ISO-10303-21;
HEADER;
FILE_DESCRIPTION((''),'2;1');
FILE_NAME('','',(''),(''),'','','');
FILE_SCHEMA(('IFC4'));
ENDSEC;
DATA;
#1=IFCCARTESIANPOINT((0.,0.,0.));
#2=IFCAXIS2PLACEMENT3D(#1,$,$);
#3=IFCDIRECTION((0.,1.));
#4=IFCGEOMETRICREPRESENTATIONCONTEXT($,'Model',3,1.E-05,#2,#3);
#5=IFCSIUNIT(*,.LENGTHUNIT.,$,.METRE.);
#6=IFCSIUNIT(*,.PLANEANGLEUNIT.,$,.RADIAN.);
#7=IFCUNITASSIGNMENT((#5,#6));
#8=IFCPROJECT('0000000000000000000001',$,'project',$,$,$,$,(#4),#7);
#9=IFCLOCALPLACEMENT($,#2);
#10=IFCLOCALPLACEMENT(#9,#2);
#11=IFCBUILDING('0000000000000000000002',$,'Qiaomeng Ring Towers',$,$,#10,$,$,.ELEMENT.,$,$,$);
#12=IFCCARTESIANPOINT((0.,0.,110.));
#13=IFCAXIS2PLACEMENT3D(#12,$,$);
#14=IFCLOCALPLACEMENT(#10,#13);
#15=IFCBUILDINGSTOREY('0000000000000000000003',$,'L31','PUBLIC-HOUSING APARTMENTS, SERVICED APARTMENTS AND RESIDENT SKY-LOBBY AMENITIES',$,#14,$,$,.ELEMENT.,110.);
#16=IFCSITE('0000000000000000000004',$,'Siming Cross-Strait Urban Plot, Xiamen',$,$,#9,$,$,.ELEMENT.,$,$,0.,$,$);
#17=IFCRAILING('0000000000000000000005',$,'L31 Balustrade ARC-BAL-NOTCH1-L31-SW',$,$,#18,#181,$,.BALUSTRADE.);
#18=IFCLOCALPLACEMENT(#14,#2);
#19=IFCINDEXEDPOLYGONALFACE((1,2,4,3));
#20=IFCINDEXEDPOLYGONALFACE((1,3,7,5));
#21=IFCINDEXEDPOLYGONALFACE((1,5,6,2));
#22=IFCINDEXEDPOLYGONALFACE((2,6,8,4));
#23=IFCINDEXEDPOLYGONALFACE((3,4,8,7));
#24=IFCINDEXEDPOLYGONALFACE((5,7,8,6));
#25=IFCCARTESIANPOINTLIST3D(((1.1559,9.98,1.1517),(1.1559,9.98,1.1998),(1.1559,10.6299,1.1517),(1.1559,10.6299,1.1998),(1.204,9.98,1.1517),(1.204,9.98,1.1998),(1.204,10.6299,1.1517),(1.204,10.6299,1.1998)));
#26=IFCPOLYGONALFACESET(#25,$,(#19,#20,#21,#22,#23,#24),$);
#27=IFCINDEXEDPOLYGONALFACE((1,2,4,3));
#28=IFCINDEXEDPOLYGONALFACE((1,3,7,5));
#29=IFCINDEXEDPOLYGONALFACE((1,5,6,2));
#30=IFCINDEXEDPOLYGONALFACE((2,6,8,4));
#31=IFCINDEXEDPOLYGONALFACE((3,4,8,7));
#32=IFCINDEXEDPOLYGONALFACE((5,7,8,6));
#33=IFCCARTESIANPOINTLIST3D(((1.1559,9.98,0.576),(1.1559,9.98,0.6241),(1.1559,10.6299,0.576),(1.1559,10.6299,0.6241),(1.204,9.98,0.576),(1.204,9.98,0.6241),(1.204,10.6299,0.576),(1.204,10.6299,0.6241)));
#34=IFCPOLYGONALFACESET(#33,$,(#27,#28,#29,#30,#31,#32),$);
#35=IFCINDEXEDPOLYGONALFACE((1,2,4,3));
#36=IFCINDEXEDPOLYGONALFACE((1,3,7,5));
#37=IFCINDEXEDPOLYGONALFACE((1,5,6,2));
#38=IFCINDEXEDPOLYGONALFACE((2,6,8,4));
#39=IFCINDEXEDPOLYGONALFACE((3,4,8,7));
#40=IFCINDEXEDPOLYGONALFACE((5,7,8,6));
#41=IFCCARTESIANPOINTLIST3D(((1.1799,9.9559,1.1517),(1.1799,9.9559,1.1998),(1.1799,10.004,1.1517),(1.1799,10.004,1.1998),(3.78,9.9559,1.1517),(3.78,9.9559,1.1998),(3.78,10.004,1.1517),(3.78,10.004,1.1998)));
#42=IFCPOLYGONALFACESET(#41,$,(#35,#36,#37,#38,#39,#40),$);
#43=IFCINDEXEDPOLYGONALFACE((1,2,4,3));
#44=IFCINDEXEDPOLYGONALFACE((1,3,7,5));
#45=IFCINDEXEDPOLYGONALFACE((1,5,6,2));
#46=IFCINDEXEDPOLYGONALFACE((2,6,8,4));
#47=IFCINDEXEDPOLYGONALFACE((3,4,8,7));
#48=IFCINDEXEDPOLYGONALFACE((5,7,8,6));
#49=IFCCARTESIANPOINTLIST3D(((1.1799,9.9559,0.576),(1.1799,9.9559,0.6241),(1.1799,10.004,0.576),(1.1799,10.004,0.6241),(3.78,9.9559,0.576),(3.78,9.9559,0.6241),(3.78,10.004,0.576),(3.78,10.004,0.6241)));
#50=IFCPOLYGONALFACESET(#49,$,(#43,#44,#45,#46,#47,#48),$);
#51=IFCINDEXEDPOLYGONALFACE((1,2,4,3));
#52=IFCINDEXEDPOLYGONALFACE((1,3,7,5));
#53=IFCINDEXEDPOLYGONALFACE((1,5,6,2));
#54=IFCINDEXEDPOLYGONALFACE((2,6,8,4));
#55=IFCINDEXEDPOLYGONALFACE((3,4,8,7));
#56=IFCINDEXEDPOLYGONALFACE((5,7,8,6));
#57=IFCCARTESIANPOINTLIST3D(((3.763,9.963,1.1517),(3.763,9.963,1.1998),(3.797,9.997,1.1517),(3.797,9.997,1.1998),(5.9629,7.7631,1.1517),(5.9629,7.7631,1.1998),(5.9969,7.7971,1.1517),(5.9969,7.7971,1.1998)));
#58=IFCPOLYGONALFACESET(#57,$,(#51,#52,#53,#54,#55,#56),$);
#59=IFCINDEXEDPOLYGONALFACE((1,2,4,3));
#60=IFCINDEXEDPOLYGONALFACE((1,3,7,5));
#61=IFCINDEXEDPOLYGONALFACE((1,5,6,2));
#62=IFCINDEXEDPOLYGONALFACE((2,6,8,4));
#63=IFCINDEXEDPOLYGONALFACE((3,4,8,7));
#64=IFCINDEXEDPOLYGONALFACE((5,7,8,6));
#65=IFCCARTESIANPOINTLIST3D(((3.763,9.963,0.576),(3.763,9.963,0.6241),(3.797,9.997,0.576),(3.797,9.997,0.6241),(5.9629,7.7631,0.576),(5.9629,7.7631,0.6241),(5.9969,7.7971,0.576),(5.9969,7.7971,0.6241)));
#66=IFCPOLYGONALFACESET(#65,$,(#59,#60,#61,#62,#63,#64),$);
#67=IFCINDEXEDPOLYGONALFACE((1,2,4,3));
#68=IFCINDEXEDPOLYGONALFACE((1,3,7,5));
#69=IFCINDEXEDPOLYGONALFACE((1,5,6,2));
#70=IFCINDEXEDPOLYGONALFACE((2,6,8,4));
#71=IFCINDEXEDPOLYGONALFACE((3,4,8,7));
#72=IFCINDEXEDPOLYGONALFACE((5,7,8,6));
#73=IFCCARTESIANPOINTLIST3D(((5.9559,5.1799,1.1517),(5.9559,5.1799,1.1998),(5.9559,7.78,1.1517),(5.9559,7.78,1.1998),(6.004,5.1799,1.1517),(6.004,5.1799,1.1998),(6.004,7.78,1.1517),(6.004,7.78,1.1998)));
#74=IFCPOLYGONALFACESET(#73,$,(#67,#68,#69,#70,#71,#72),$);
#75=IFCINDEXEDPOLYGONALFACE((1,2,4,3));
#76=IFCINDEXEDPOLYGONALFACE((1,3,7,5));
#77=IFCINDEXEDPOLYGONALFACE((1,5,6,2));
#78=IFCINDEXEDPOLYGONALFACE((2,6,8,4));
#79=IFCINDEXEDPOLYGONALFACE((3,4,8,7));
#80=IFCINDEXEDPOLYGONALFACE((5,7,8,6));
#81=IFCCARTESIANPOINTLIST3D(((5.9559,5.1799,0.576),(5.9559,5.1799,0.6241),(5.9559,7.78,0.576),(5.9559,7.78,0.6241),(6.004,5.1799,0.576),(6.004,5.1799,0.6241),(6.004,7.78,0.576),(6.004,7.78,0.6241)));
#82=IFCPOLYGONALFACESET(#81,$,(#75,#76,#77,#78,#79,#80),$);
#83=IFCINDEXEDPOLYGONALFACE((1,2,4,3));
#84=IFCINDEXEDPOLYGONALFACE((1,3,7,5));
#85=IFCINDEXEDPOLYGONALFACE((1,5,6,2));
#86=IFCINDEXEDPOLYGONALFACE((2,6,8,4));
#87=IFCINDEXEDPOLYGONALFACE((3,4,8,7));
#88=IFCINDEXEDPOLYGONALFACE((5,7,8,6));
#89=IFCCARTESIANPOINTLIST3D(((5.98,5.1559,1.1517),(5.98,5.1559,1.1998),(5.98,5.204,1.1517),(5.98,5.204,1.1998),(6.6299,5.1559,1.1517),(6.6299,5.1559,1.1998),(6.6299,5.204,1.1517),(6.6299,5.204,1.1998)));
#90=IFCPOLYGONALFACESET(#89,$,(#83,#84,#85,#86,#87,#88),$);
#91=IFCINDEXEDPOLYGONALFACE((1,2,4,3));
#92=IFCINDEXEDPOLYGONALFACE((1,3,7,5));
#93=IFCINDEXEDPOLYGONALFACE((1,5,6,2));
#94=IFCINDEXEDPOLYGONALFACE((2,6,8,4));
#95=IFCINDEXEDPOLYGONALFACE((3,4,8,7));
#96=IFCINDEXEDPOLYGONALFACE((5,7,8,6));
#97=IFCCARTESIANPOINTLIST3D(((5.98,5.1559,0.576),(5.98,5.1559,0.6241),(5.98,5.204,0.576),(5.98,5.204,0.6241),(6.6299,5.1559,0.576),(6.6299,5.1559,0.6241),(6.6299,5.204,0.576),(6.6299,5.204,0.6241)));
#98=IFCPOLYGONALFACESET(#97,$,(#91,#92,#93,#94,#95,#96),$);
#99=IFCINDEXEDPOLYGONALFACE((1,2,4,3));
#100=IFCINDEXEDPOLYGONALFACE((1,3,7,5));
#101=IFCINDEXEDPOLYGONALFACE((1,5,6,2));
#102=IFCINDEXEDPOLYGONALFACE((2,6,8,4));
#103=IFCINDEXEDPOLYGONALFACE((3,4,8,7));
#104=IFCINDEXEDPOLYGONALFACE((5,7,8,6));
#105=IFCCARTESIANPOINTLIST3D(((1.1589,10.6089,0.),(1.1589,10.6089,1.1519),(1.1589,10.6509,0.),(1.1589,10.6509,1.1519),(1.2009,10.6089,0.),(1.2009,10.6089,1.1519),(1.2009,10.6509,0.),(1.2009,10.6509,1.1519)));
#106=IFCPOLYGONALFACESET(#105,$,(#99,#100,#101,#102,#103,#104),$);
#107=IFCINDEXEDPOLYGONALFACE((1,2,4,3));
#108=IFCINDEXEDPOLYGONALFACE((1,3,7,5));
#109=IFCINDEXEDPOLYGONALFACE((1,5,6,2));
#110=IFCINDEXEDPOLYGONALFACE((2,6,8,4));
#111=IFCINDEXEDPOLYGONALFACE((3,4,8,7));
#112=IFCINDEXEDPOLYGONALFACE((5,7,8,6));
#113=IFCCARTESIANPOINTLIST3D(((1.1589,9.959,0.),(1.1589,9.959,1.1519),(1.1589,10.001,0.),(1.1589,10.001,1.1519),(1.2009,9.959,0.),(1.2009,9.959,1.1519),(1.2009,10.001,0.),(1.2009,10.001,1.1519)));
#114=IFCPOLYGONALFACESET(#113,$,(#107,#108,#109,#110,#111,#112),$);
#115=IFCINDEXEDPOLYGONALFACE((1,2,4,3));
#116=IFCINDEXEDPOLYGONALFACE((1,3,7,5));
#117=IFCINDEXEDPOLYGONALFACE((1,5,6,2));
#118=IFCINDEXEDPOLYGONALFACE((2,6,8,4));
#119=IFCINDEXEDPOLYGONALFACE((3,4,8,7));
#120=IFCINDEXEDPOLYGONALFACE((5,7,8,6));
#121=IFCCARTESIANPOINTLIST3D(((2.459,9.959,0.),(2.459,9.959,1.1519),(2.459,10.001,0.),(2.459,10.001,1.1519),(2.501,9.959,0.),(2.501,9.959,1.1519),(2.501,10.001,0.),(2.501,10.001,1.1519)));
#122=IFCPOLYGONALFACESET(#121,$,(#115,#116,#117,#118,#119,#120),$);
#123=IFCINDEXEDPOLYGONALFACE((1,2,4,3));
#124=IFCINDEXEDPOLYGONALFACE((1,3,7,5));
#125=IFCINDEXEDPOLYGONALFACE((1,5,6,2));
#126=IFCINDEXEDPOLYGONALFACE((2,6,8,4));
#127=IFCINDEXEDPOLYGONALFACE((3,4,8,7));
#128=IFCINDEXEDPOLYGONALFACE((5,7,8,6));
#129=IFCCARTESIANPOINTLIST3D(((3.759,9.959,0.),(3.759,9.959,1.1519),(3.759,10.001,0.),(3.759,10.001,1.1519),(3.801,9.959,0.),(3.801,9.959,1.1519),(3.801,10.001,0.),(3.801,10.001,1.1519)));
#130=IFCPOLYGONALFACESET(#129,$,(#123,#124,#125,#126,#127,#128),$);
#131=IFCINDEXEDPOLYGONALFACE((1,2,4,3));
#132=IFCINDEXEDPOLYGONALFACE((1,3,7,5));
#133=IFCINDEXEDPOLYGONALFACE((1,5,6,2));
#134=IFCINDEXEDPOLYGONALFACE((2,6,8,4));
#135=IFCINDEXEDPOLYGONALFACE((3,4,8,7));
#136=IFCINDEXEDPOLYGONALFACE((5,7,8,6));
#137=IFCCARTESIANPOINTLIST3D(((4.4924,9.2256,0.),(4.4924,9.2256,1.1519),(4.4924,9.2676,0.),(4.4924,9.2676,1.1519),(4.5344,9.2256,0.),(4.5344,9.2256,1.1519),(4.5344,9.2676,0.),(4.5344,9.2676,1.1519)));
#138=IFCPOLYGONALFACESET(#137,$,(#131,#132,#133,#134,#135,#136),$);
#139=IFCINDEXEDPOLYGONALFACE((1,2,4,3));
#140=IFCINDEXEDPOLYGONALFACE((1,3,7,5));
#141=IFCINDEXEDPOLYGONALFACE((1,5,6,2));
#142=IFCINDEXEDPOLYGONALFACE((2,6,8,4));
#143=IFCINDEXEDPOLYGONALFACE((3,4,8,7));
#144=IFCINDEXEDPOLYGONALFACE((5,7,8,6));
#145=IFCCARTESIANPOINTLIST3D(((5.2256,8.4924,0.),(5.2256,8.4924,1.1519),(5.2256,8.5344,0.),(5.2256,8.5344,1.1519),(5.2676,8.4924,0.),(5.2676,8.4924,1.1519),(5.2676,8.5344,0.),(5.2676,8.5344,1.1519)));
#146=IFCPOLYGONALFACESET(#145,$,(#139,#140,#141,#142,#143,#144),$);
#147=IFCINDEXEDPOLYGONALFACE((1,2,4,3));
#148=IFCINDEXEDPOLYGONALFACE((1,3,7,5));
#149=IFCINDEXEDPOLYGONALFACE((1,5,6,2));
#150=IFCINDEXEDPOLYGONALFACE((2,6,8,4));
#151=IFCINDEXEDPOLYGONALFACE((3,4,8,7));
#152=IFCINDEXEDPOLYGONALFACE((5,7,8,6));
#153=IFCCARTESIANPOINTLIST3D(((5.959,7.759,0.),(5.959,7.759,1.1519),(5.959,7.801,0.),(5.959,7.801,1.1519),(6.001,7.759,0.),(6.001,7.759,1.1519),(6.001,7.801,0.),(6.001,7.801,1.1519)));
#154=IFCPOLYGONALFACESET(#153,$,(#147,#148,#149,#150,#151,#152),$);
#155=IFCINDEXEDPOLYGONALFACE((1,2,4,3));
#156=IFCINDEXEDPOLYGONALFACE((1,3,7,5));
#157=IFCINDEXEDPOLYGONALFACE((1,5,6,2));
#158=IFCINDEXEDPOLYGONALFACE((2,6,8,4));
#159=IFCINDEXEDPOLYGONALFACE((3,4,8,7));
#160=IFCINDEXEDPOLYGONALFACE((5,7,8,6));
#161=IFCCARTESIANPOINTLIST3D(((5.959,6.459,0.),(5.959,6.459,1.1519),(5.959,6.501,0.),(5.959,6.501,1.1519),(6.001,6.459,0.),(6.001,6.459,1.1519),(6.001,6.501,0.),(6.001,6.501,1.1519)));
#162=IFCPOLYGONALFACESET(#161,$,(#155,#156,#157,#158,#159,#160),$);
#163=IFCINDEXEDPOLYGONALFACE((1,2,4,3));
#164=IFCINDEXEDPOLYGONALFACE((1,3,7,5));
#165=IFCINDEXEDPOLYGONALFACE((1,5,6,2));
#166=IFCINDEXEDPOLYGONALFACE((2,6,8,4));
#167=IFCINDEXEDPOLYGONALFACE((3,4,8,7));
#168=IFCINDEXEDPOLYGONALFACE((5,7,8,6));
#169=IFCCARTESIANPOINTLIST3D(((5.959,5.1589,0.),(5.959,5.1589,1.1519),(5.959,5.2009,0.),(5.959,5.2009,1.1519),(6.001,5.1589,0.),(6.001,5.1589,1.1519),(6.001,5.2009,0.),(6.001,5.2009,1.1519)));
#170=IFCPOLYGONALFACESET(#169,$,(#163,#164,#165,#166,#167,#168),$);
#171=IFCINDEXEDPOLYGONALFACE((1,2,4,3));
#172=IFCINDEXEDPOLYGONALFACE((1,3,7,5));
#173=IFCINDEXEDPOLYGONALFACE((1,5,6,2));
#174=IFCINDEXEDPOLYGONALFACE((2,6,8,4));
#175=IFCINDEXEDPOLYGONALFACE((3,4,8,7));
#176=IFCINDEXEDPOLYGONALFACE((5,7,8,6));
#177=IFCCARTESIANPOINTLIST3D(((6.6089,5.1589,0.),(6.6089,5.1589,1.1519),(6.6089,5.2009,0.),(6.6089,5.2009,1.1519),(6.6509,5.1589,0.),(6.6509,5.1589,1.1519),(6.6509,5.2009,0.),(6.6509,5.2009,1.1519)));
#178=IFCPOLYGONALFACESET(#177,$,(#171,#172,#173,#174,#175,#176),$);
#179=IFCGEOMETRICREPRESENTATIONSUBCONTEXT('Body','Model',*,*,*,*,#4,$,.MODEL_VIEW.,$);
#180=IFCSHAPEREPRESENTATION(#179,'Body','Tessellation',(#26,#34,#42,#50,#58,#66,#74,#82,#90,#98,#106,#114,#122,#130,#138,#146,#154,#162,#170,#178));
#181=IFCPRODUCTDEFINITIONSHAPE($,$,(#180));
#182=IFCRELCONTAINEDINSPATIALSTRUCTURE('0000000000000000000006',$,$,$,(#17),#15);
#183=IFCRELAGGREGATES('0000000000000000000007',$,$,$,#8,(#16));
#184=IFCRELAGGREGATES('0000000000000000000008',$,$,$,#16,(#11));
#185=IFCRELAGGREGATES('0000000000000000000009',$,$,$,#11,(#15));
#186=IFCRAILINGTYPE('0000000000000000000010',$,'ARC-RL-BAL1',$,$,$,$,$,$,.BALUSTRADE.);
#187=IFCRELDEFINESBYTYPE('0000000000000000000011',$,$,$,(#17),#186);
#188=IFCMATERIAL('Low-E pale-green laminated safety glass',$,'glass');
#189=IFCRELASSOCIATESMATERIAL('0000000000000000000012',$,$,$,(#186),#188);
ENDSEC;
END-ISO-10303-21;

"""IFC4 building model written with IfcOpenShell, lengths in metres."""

from ifc_helpers import new_model, si_unit, direction, frame, origin, origin_2d, place, context, subcontext, project, spatial, rectangle, extrude, material, type_object, element, save


model = new_model("IFC4")

# Units and contexts
model_context = context("Model", 3, precision=1e-05, world=origin(), true_north=direction((0.0, 1.0)))
body_context = subcontext(model_context, "Body", "Model", "MODEL_VIEW")
ifc_project = project(units=[si_unit("LENGTHUNIT", "METRE"), si_unit("PLANEANGLEUNIT", "RADIAN")], contexts=[model_context])

# Site, building, storey
site_placement = place(None, origin())
site = spatial("IfcSite", under=ifc_project, at=site_placement, Name="Siming Cross-Strait Urban Plot, Xiamen", CompositionType="ELEMENT", RefElevation=0.0)
building_placement = place(site_placement, origin())
building = spatial("IfcBuilding", under=site, at=building_placement, Name="Qiaomeng Ring Towers", CompositionType="ELEMENT")
storey_placement = place(building_placement, frame((0.0, 0.0, 110.0)))
storey = spatial("IfcBuildingStorey", under=building, at=storey_placement, Name="L31", Description="PUBLIC-HOUSING APARTMENTS, SERVICED APARTMENTS AND RESIDENT SKY-LOBBY AMENITIES", CompositionType="ELEMENT", Elevation=110.0)

# Railing
ifc_material_1 = material(Name="Low-E pale-green laminated safety glass", Category="glass")
railing_type = type_object("IfcRailingType", Name="ARC-RL-BAL1", PredefinedType="BALUSTRADE", material=ifc_material_1)
railing_1_placement = place(storey_placement, frame((1.1799, 10.6299, 0.0)))
element("IfcRailing", 1, at=railing_1_placement, inside=storey, type_object=railing_type, Name="L31 Balustrade ARC-BAL-NOTCH1-L31-SW", PredefinedType="BALUSTRADE", context=body_context, shape_type="SweptSolid", body=[
    extrude(rectangle(XDim=0.0481, YDim=0.0481, at=origin_2d()), frame((0.0, 0.0, 1.1758), z_axis=(0.0, -1.0, 0.0), x_axis=(1.0, 0.0, 0.0)), (0.0, 0.0, 1.0), 0.6499),
    extrude(rectangle(XDim=0.0481, YDim=0.0481, at=origin_2d()), frame((0.0, 0.0, 0.6001), z_axis=(0.0, -1.0, 0.0), x_axis=(1.0, 0.0, 0.0)), (0.0, 0.0, 1.0), 0.6499),
    extrude(rectangle(XDim=0.0481, YDim=0.0481, at=origin_2d()), frame((0.0, -0.6499, 1.1758), z_axis=(1.0, 0.0, 0.0), x_axis=(0.0, 1.0, 0.0)), (0.0, 0.0, 1.0), 2.6001),
    extrude(rectangle(XDim=0.0481, YDim=0.0481, at=origin_2d()), frame((0.0, -0.6499, 0.6001), z_axis=(1.0, 0.0, 0.0), x_axis=(0.0, 1.0, 0.0)), (0.0, 0.0, 1.0), 2.6001),
    extrude(rectangle(XDim=0.0481, YDim=0.0481, at=origin_2d()), frame((2.6001, -0.6499, 1.1758), z_axis=(0.707107, -0.707107, 0.0), x_axis=(0.707107, 0.707107, 0.0)), (0.0, 0.0, 1.0), 3.1111),
    extrude(rectangle(XDim=0.0481, YDim=0.0481, at=origin_2d()), frame((2.6001, -0.6499, 0.6001), z_axis=(0.707107, -0.707107, 0.0), x_axis=(0.707107, 0.707107, 0.0)), (0.0, 0.0, 1.0), 3.1111),
    extrude(rectangle(XDim=0.0481, YDim=0.0481, at=origin_2d()), frame((4.8, -2.8499, 1.1758), z_axis=(0.0, -1.0, 0.0), x_axis=(1.0, 0.0, 0.0)), (0.0, 0.0, 1.0), 2.6001),
    extrude(rectangle(XDim=0.0481, YDim=0.0481, at=origin_2d()), frame((4.8, -2.8499, 0.6001), z_axis=(0.0, -1.0, 0.0), x_axis=(1.0, 0.0, 0.0)), (0.0, 0.0, 1.0), 2.6001),
    extrude(rectangle(XDim=0.0481, YDim=0.0481, at=origin_2d()), frame((4.8, -5.45, 1.1758), z_axis=(1.0, 0.0, 0.0), x_axis=(0.0, 1.0, 0.0)), (0.0, 0.0, 1.0), 0.6499),
    extrude(rectangle(XDim=0.0481, YDim=0.0481, at=origin_2d()), frame((4.8, -5.45, 0.6001), z_axis=(1.0, 0.0, 0.0), x_axis=(0.0, 1.0, 0.0)), (0.0, 0.0, 1.0), 0.6499),
    extrude(rectangle(XDim=0.042, YDim=0.042, at=origin_2d()), origin(), (0.0, 0.0, 1.0), 1.1519),
    extrude(rectangle(XDim=0.042, YDim=0.042, at=origin_2d()), frame((0.0, -0.6499, 0.0)), (0.0, 0.0, 1.0), 1.1519),
    extrude(rectangle(XDim=0.042, YDim=0.042, at=origin_2d()), frame((1.3, -0.6499, 0.0)), (0.0, 0.0, 1.0), 1.1519),
    extrude(rectangle(XDim=0.042, YDim=0.042, at=origin_2d()), frame((2.6001, -0.6499, 0.0)), (0.0, 0.0, 1.0), 1.1519),
    extrude(rectangle(XDim=0.042, YDim=0.042, at=origin_2d()), frame((3.3335, -1.3833, 0.0)), (0.0, 0.0, 1.0), 1.1519),
    extrude(rectangle(XDim=0.042, YDim=0.042, at=origin_2d()), frame((4.0667, -2.1165, 0.0)), (0.0, 0.0, 1.0), 1.1519),
    extrude(rectangle(XDim=0.042, YDim=0.042, at=origin_2d()), frame((4.8, -2.8499, 0.0)), (0.0, 0.0, 1.0), 1.1519),
    extrude(rectangle(XDim=0.042, YDim=0.042, at=origin_2d()), frame((4.8, -4.1499, 0.0)), (0.0, 0.0, 1.0), 1.1519),
    extrude(rectangle(XDim=0.042, YDim=0.042, at=origin_2d()), frame((4.8, -5.45, 0.0)), (0.0, 0.0, 1.0), 1.1519),
    extrude(rectangle(XDim=0.042, YDim=0.042, at=origin_2d()), frame((5.45, -5.45, 0.0)), (0.0, 0.0, 1.0), 1.1519),
])

save(model, "model.ifc")
